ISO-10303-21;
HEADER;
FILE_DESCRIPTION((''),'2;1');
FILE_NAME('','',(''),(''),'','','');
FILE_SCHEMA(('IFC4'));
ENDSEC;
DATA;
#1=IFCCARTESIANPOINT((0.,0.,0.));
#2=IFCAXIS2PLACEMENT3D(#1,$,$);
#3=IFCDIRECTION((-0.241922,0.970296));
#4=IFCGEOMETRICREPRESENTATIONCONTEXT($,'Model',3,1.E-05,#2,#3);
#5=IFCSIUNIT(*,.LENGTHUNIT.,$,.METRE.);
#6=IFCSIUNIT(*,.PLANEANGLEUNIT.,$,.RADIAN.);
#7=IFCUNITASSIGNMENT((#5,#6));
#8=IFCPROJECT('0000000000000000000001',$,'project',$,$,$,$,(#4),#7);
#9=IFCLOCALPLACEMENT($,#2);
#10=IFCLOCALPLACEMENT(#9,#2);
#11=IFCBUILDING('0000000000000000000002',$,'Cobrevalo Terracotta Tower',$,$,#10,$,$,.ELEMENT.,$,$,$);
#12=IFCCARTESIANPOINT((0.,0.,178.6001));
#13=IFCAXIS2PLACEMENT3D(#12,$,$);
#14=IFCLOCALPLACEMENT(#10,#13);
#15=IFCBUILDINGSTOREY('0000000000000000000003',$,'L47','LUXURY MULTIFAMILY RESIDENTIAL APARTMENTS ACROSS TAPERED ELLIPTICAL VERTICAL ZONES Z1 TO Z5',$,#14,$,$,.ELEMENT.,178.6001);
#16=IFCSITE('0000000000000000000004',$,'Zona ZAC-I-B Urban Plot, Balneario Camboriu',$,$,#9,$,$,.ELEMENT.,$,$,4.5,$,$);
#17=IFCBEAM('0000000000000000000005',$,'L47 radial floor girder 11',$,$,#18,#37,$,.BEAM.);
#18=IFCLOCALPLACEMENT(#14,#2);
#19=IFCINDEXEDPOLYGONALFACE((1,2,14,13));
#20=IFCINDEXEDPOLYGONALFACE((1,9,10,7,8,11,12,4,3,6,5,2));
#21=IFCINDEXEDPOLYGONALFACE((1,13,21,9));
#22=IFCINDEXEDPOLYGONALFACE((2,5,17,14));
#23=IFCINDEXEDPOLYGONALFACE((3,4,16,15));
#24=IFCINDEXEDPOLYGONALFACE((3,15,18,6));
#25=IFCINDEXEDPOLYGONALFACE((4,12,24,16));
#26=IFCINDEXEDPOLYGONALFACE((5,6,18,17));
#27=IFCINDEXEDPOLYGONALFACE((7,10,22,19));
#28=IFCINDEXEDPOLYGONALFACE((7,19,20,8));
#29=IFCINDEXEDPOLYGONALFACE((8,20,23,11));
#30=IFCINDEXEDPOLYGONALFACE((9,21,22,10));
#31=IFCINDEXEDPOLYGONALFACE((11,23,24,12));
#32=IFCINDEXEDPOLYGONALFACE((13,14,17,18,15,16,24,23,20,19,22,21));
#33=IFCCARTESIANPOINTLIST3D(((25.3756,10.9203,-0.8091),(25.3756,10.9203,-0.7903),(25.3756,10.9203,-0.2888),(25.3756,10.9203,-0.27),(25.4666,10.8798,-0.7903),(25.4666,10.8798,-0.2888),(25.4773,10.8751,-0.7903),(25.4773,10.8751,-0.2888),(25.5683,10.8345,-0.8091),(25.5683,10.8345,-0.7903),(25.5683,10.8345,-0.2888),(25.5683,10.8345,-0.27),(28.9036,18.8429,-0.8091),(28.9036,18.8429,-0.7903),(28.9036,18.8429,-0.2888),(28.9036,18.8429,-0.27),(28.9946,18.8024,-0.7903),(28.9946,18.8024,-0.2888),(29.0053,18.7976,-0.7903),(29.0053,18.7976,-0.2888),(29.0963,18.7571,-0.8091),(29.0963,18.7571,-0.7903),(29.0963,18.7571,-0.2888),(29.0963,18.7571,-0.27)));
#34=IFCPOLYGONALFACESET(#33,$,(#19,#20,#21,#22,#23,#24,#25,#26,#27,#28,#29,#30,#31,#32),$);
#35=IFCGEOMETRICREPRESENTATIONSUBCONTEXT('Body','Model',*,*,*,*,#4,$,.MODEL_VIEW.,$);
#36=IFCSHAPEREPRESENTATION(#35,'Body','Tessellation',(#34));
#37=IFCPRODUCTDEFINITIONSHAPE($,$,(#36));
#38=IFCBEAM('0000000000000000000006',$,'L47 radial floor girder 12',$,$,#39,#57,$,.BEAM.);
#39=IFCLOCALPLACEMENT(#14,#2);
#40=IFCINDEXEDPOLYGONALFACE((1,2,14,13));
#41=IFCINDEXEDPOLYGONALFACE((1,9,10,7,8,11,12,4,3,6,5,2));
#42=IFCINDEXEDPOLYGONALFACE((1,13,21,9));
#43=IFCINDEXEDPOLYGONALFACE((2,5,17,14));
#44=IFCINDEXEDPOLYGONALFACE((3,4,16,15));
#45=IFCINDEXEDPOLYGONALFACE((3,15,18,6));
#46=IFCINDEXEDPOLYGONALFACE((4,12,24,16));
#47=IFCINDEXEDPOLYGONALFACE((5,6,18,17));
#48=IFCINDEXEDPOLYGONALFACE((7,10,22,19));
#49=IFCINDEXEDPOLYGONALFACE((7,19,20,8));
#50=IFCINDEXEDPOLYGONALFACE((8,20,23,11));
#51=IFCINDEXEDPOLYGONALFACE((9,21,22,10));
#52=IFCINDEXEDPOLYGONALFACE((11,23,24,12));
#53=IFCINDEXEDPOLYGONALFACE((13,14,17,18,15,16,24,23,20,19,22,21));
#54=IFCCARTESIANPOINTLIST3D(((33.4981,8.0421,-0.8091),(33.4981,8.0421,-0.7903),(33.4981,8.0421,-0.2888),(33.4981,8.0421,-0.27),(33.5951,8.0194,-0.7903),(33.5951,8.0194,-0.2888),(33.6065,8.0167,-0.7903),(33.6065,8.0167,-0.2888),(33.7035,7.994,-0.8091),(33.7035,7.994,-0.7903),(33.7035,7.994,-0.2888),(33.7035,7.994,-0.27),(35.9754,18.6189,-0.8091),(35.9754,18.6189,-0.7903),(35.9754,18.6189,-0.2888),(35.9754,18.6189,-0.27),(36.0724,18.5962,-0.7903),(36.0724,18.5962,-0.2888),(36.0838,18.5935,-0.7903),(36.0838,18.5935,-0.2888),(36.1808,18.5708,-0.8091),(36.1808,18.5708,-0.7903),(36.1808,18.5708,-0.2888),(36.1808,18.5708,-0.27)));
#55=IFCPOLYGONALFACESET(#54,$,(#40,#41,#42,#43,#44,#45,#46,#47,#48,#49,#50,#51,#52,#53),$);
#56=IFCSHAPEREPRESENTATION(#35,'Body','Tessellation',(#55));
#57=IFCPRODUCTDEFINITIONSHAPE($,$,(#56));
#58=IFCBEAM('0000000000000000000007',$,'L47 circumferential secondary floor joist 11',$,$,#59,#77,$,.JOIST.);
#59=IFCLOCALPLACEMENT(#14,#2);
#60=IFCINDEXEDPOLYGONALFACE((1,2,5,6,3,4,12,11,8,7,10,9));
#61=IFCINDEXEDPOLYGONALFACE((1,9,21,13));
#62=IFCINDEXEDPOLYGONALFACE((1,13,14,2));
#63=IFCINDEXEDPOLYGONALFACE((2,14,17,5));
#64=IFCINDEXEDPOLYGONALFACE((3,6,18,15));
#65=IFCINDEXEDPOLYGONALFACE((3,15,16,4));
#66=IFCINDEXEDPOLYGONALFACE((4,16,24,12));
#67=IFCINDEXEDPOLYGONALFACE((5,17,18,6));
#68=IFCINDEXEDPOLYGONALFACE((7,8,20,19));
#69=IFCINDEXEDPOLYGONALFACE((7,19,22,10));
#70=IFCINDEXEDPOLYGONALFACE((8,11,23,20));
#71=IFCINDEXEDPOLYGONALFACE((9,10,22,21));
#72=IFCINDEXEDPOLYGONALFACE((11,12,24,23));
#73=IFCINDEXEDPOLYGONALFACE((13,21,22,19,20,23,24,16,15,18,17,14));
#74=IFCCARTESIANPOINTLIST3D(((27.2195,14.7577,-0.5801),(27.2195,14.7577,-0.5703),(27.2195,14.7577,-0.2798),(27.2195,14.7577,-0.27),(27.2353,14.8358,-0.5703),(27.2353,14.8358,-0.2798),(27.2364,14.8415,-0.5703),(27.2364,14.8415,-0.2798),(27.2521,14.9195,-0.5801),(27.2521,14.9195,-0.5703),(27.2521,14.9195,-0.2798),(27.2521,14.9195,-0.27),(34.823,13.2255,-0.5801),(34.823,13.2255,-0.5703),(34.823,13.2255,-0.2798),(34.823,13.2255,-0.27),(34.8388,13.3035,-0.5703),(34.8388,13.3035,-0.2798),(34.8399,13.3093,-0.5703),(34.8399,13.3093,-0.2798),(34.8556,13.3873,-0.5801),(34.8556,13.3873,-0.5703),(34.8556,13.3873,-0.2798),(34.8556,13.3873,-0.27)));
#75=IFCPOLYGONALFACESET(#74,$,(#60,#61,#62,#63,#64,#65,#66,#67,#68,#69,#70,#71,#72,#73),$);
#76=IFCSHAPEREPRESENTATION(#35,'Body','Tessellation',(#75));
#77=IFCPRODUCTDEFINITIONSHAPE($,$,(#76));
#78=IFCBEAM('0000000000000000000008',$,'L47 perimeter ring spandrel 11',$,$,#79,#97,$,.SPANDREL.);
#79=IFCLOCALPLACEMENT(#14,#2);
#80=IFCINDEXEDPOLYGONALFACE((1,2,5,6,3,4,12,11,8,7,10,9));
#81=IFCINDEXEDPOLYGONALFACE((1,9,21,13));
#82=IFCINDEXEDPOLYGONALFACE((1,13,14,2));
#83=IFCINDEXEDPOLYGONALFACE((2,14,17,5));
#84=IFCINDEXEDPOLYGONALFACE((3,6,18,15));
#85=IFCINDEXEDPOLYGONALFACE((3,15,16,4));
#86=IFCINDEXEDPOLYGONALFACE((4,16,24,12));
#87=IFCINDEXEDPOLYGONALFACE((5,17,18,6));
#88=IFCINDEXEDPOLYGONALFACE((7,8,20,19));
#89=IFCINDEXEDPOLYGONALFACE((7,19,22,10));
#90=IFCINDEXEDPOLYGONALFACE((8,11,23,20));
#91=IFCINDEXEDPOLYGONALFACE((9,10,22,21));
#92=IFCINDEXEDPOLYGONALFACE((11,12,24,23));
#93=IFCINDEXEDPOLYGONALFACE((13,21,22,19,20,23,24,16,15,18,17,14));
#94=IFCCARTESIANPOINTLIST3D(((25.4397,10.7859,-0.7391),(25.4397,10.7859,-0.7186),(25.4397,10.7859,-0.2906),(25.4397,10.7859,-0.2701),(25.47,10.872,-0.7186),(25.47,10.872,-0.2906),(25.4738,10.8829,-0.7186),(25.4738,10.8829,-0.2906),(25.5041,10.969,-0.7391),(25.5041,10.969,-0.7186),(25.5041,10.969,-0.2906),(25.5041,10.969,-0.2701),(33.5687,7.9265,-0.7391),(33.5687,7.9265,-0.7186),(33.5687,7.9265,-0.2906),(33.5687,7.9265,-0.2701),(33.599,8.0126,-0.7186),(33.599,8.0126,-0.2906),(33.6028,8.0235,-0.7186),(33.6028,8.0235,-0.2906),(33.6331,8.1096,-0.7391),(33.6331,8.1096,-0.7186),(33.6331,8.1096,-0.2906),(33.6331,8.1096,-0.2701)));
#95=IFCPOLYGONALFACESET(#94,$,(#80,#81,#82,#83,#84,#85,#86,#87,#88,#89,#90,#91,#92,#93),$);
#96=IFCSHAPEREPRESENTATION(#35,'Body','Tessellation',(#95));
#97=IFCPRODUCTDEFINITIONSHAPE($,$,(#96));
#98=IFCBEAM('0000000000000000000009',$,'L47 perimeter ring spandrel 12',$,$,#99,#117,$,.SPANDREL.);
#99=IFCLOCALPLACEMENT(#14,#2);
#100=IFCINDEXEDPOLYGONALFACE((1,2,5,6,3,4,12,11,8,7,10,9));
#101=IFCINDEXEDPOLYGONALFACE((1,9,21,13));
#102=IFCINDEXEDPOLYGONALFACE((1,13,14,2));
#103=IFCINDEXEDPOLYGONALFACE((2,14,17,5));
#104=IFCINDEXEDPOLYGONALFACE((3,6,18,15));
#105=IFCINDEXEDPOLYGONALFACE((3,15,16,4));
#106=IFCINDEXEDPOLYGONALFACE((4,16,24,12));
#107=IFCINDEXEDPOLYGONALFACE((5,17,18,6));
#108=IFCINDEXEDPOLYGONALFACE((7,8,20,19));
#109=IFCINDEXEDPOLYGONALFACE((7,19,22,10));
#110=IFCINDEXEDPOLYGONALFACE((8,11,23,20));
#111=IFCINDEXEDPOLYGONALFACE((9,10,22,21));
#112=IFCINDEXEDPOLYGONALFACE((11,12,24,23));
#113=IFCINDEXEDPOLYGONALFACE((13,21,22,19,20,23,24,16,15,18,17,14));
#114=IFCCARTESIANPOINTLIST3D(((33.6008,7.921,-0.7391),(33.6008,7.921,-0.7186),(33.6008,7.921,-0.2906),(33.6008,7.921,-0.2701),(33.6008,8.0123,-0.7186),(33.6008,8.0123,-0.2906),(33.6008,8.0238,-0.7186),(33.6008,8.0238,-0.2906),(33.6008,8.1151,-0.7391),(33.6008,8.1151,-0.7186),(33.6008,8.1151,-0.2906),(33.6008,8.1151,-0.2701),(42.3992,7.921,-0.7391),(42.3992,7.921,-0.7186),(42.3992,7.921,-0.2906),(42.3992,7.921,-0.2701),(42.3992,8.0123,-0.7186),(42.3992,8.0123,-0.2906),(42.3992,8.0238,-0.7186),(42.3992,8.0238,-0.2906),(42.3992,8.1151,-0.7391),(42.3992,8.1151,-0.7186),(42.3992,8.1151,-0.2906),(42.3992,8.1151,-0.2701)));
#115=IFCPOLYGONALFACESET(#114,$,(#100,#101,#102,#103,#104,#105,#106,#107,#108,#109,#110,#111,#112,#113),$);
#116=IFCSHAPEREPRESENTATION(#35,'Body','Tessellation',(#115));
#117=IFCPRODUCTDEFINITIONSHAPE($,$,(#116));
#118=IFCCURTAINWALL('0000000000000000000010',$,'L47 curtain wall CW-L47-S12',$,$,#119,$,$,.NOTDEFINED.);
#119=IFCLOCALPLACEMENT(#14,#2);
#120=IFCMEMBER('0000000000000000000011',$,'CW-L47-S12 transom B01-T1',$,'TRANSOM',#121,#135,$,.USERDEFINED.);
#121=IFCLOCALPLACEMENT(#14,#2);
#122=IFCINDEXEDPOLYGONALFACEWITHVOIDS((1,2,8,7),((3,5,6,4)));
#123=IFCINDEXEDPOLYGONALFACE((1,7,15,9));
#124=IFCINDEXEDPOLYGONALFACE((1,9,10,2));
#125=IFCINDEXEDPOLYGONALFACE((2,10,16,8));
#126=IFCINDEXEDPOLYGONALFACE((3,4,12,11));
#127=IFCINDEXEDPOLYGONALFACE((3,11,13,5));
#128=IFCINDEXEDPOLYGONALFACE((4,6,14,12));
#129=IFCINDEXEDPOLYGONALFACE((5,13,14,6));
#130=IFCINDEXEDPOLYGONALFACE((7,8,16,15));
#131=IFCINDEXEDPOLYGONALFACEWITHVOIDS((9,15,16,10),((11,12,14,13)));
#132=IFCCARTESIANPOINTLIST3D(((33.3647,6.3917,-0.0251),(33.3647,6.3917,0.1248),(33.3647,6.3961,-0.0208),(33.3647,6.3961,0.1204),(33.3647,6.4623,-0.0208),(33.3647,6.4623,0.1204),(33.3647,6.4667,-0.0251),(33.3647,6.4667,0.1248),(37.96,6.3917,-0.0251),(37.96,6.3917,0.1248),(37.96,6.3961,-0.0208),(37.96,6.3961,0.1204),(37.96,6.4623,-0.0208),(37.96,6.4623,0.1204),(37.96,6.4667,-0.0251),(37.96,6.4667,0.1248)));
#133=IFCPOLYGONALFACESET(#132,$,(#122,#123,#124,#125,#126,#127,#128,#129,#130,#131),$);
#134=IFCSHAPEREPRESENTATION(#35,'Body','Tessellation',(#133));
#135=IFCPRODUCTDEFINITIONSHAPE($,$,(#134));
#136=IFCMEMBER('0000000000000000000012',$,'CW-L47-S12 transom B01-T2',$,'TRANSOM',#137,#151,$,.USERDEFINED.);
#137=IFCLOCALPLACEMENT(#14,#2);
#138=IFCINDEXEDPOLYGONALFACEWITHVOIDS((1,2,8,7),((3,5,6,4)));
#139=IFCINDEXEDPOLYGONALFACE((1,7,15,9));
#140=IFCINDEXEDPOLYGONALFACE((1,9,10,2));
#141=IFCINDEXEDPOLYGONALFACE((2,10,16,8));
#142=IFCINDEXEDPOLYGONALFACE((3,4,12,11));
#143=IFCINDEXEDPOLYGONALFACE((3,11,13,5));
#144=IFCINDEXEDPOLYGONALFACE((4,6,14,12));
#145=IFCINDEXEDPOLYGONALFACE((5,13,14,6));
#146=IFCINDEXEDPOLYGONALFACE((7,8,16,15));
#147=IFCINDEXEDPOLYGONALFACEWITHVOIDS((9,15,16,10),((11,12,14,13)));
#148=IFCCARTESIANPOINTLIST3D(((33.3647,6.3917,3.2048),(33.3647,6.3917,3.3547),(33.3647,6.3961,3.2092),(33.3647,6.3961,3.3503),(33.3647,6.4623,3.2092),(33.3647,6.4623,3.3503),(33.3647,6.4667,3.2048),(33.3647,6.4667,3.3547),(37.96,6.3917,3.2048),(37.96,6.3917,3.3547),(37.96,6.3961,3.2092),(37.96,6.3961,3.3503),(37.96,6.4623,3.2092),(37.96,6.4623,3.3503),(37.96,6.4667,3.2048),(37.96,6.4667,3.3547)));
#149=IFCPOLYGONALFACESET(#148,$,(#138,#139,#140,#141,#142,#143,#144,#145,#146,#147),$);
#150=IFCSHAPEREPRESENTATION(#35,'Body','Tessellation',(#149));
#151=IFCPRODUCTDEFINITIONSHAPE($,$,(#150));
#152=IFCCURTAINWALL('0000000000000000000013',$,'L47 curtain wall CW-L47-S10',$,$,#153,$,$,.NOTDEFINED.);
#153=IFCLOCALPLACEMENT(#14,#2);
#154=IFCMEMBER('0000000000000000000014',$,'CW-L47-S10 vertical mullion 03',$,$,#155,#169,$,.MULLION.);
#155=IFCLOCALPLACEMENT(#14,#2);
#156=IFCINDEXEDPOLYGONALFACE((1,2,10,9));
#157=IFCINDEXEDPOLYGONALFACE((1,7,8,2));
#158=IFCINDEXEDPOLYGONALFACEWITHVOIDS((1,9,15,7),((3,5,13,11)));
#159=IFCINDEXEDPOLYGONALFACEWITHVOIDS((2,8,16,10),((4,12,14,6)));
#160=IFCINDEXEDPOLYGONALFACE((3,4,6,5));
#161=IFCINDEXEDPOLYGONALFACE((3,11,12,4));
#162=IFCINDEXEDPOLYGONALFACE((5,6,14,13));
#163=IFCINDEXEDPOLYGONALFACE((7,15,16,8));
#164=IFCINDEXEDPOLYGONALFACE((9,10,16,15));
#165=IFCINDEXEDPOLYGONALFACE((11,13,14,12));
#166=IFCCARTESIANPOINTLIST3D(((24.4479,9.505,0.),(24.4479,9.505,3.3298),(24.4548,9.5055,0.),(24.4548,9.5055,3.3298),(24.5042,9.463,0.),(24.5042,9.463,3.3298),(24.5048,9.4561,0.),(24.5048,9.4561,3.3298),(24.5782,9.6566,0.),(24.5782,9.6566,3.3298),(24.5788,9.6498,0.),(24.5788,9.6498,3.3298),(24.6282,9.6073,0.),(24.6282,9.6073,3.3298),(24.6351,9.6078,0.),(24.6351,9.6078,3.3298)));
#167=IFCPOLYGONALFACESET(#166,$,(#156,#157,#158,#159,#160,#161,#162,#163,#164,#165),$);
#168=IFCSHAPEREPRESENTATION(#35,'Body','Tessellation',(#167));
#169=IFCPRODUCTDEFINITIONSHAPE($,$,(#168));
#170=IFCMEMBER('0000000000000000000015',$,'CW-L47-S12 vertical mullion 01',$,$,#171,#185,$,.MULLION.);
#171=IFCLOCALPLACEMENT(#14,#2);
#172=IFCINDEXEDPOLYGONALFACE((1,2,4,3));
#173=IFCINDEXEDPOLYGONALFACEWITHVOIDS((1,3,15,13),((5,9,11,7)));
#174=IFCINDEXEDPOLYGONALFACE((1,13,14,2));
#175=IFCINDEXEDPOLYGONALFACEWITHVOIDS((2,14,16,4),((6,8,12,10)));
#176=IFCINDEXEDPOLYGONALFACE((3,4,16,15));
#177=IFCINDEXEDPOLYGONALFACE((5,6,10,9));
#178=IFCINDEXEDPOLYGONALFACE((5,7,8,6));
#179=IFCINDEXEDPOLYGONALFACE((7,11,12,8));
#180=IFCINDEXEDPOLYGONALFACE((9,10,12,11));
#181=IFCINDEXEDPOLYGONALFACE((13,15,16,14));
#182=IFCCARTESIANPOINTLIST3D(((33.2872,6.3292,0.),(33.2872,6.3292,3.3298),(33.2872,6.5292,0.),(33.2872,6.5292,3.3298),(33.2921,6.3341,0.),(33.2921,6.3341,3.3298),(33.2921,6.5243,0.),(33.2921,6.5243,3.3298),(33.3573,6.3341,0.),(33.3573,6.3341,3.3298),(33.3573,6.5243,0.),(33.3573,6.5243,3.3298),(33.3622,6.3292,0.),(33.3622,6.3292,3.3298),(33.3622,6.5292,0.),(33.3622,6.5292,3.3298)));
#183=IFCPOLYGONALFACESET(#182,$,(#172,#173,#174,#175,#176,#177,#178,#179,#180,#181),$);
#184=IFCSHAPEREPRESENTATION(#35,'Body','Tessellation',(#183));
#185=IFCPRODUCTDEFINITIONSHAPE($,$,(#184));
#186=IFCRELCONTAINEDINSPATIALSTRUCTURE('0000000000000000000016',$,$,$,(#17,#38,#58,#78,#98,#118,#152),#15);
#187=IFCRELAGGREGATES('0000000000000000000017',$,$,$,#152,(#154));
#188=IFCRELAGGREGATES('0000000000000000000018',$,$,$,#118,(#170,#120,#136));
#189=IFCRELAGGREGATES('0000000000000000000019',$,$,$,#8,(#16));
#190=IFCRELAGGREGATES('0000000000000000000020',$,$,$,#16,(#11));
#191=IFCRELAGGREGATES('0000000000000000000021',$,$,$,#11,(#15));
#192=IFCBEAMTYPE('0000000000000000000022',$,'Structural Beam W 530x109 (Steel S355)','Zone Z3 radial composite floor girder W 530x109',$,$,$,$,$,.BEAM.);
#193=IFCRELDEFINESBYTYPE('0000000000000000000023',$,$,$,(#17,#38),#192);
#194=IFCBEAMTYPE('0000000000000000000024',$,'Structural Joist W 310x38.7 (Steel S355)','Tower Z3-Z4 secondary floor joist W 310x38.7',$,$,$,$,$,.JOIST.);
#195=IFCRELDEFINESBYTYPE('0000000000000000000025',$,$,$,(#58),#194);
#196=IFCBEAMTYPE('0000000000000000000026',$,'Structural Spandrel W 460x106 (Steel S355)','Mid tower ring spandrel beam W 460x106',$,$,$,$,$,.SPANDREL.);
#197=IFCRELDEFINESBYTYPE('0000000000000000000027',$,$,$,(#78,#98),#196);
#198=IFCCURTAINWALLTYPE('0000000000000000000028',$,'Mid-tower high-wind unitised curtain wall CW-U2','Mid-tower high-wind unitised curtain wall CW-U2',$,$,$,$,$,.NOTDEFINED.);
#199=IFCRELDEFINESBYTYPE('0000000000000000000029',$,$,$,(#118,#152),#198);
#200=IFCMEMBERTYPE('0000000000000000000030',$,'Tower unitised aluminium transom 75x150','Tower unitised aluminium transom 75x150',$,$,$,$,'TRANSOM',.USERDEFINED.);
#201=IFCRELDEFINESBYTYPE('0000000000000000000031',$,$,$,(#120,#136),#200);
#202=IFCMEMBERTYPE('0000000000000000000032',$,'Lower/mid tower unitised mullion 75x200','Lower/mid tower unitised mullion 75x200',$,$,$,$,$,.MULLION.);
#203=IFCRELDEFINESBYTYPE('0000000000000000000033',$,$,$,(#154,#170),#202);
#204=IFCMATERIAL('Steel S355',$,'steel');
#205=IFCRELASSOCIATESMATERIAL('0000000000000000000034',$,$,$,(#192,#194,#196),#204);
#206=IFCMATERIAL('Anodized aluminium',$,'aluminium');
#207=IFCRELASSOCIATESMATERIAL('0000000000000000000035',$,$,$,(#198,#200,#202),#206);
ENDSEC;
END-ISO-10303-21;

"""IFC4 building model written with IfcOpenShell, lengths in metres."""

from ifc_helpers import new_model, si_unit, direction, frame, origin, origin_2d, place, context, subcontext, project, spatial, hollow_rectangle, i_section, extrude, source, transform, mapped, material, material_profile, profile_set, type_object, element, aggregate, save


model = new_model("IFC4")

# Units and contexts
model_context = context("Model", 3, precision=1e-05, world=origin(), true_north=direction((-0.241922, 0.970296)))
body_context = subcontext(model_context, "Body", "Model", "MODEL_VIEW")
ifc_project = project(units=[si_unit("LENGTHUNIT", "METRE"), si_unit("PLANEANGLEUNIT", "RADIAN")], contexts=[model_context])

# Site, building, storey
site_placement = place(None, origin())
site = spatial("IfcSite", under=ifc_project, at=site_placement, Name="Zona ZAC-I-B Urban Plot, Balneario Camboriu", CompositionType="ELEMENT", RefElevation=4.5)
building_placement = place(site_placement, origin())
building = spatial("IfcBuilding", under=site, at=building_placement, Name="Cobrevalo Terracotta Tower", CompositionType="ELEMENT")
storey_placement = place(building_placement, frame((0.0, 0.0, 178.6001)))
storey = spatial("IfcBuildingStorey", under=building, at=storey_placement, Name="L47", Description="LUXURY MULTIFAMILY RESIDENTIAL APARTMENTS ACROSS TAPERED ELLIPTICAL VERTICAL ZONES Z1 TO Z5", CompositionType="ELEMENT", Elevation=178.6001)

# Shared definitions
ifc_material_1 = material(Name="Steel S355", Category="steel")

# Beams
ifc_material_profile_1 = material_profile(ifc_material_1, i_section(OverallWidth=0.2109, OverallDepth=0.5391, WebThickness=0.0117, FlangeThickness=0.0188, at=origin_2d()), Name="W 530x109")
ifc_profile_set_1 = profile_set([ifc_material_profile_1], Name="Steel S355")
beam_type_1 = type_object("IfcBeamType", Name="Structural Beam W 530x109 (Steel S355)", Description="Zone Z3 radial composite floor girder W 530x109", PredefinedType="BEAM", material=ifc_profile_set_1)
beam_1_placement = place(storey_placement, frame((25.4719, 10.8774, -0.5396), z_axis=(0.406804, 0.913515, 0.0), x_axis=(-0.913515, 0.406804, 0.0)))
element("IfcBeam", 1, at=beam_1_placement, inside=storey, type_object=beam_type_1, Name="L47 radial floor girder 11", PredefinedType="BEAM", context=body_context, shape_type="SweptSolid", body=[
    extrude(i_section(OverallWidth=0.2109, OverallDepth=0.5391, WebThickness=0.0117, FlangeThickness=0.0188, at=origin_2d()), origin(), (0.0, 0.0, 1.0), 8.6726),
])
beam_2_placement = place(storey_placement, frame((33.6008, 8.0181, -0.5396), z_axis=(0.228046, 0.97365, 0.0), x_axis=(-0.97365, 0.228046, 0.0)))
element("IfcBeam", 2, at=beam_2_placement, inside=storey, type_object=beam_type_1, Name="L47 radial floor girder 12", PredefinedType="BEAM", context=body_context, shape_type="SweptSolid", body=[
    extrude(i_section(OverallWidth=0.2109, OverallDepth=0.5391, WebThickness=0.0117, FlangeThickness=0.0188, at=origin_2d()), origin(), (0.0, 0.0, 1.0), 10.863),
])
ifc_material_profile_2 = material_profile(ifc_material_1, i_section(OverallWidth=0.165, OverallDepth=0.3101, WebThickness=0.0059, FlangeThickness=0.0098, at=origin_2d()), Name="W 310x38.7")
ifc_profile_set_2 = profile_set([ifc_material_profile_2], Name="Steel S355")
beam_type_2 = type_object("IfcBeamType", Name="Structural Joist W 310x38.7 (Steel S355)", Description="Tower Z3-Z4 secondary floor joist W 310x38.7", PredefinedType="JOIST", material=ifc_profile_set_2)
beam_3_placement = place(storey_placement, frame((27.2358, 14.8386, -0.425), z_axis=(0.980294, -0.197544, 0.0), x_axis=(0.197544, 0.980294, 0.0)))
element("IfcBeam", 3, at=beam_3_placement, inside=storey, type_object=beam_type_2, Name="L47 circumferential secondary floor joist 11", PredefinedType="JOIST", context=body_context, shape_type="SweptSolid", body=[
    extrude(i_section(OverallWidth=0.165, OverallDepth=0.3101, WebThickness=0.0059, FlangeThickness=0.0098, at=origin_2d()), origin(), (0.0, 0.0, 1.0), 7.7563),
])
ifc_material_profile_3 = material_profile(ifc_material_1, i_section(OverallWidth=0.1941, OverallDepth=0.469, WebThickness=0.0115, FlangeThickness=0.0205, at=origin_2d()), Name="W 460x106")
ifc_profile_set_3 = profile_set([ifc_material_profile_3], Name="Steel S355")
beam_type_3 = type_object("IfcBeamType", Name="Structural Spandrel W 460x106 (Steel S355)", Description="Mid tower ring spandrel beam W 460x106", PredefinedType="SPANDREL", material=ifc_profile_set_3)
beam_4_placement = place(storey_placement, frame((25.4719, 10.8774, -0.5046), z_axis=(0.943341, -0.331824, 0.0), x_axis=(0.331824, 0.943341, 0.0)))
element("IfcBeam", 4, at=beam_4_placement, inside=storey, type_object=beam_type_3, Name="L47 perimeter ring spandrel 11", PredefinedType="SPANDREL", context=body_context, shape_type="SweptSolid", body=[
    extrude(i_section(OverallWidth=0.1941, OverallDepth=0.469, WebThickness=0.0115, FlangeThickness=0.0205, at=origin_2d()), origin(), (0.0, 0.0, 1.0), 8.6172),
])
beam_5_placement = place(storey_placement, frame((33.6008, 8.0181, -0.5046), z_axis=(1.0, 0.0, 0.0), x_axis=(0.0, 1.0, 0.0)))
element("IfcBeam", 5, at=beam_5_placement, inside=storey, type_object=beam_type_3, Name="L47 perimeter ring spandrel 12", PredefinedType="SPANDREL", context=body_context, shape_type="SweptSolid", body=[
    extrude(i_section(OverallWidth=0.1941, OverallDepth=0.469, WebThickness=0.0115, FlangeThickness=0.0205, at=origin_2d()), origin(), (0.0, 0.0, 1.0), 8.7983),
])

# Curtain wall, members
ifc_material_2 = material(Name="Anodized aluminium", Category="aluminium")
curtain_wall_type = type_object("IfcCurtainWallType", Name="Mid-tower high-wind unitised curtain wall CW-U2", Description="Mid-tower high-wind unitised curtain wall CW-U2", PredefinedType="NOTDEFINED", material=ifc_material_2)
curtain_wall_1_placement = place(storey_placement, origin())
curtain_wall_1 = element("IfcCurtainWall", 6, at=curtain_wall_1_placement, inside=storey, type_object=curtain_wall_type, Name="L47 curtain wall CW-L47-S12", PredefinedType="NOTDEFINED")
ifc_material_profile_4 = material_profile(ifc_material_2, hollow_rectangle(XDim=0.075, YDim=0.1499, WallThickness=0.0044, at=origin_2d()), Name="CWT 75x150")
ifc_profile_set_4 = profile_set([ifc_material_profile_4], Name="Anodized aluminium")
member_type_1 = type_object("IfcMemberType", Name="Tower unitised aluminium transom 75x150", Description="Tower unitised aluminium transom 75x150", ElementType="TRANSOM", PredefinedType="USERDEFINED", material=ifc_profile_set_4)
shared_shape_1 = source(origin(), body_context, "Body", "SweptSolid", [
    extrude(hollow_rectangle(XDim=0.075, YDim=0.1499, WallThickness=0.0044, at=origin_2d()), origin(), (0.0, 0.0, 1.0), 4.5952),
])
member_1_placement = place(storey_placement, frame((33.3647, 6.4292, 0.0498), z_axis=(1.0, 0.0, 0.0), x_axis=(0.0, 1.0, 0.0)))
member_1 = element("IfcMember", 7, at=member_1_placement, type_object=member_type_1, Name="CW-L47-S12 transom B01-T1", ObjectType="TRANSOM", PredefinedType="USERDEFINED", context=body_context, shape_type="MappedRepresentation", body=[
    mapped(shared_shape_1, transform((0.0, 0.0, 0.0), scale=1.0)),
])
member_2_placement = place(storey_placement, frame((33.3647, 6.4292, 3.2798), z_axis=(1.0, 0.0, 0.0), x_axis=(0.0, 1.0, 0.0)))
member_2 = element("IfcMember", 8, at=member_2_placement, type_object=member_type_1, Name="CW-L47-S12 transom B01-T2", ObjectType="TRANSOM", PredefinedType="USERDEFINED", context=body_context, shape_type="MappedRepresentation", body=[
    mapped(shared_shape_1, transform((0.0, 0.0, 0.0), scale=1.0)),
])

# Curtain wall, member
curtain_wall_2_placement = place(storey_placement, origin())
curtain_wall_2 = element("IfcCurtainWall", 9, at=curtain_wall_2_placement, inside=storey, type_object=curtain_wall_type, Name="L47 curtain wall CW-L47-S10", PredefinedType="NOTDEFINED")
ifc_material_profile_5 = material_profile(ifc_material_2, hollow_rectangle(XDim=0.075, YDim=0.2, WallThickness=0.0049, at=origin_2d()), Name="CWM 75x200")
ifc_profile_set_5 = profile_set([ifc_material_profile_5], Name="Anodized aluminium")
member_type_2 = type_object("IfcMemberType", Name="Lower/mid tower unitised mullion 75x200", Description="Lower/mid tower unitised mullion 75x200", PredefinedType="MULLION", material=ifc_profile_set_5)
shared_shape_2 = source(origin(), body_context, "Body", "SweptSolid", [
    extrude(hollow_rectangle(XDim=0.075, YDim=0.2, WallThickness=0.0049, at=origin_2d()), origin(), (0.0, 0.0, 1.0), 3.3298),
])
member_3_placement = place(storey_placement, frame((24.5415, 9.5564, 0.0), z_axis=(0.0, 0.0, 1.0), x_axis=(0.758442, -0.651741, 0.0)))
member_3 = element("IfcMember", 10, at=member_3_placement, type_object=member_type_2, Name="CW-L47-S10 vertical mullion 03", PredefinedType="MULLION", context=body_context, shape_type="MappedRepresentation", body=[
    mapped(shared_shape_2, transform((0.0, 0.0, 0.0), scale=1.0)),
])
aggregate(curtain_wall_2, [member_3])

# Member
member_4_placement = place(storey_placement, frame((33.3247, 6.4292, 0.0), z_axis=(0.0, 0.0, 1.0), x_axis=(1.0, 0.0, 0.0)))
member_4 = element("IfcMember", 11, at=member_4_placement, type_object=member_type_2, Name="CW-L47-S12 vertical mullion 01", PredefinedType="MULLION", context=body_context, shape_type="MappedRepresentation", body=[
    mapped(shared_shape_2, transform((0.0, 0.0, 0.0), scale=1.0)),
])
aggregate(curtain_wall_1, [member_4, member_1, member_2])

save(model, "model.ifc")
